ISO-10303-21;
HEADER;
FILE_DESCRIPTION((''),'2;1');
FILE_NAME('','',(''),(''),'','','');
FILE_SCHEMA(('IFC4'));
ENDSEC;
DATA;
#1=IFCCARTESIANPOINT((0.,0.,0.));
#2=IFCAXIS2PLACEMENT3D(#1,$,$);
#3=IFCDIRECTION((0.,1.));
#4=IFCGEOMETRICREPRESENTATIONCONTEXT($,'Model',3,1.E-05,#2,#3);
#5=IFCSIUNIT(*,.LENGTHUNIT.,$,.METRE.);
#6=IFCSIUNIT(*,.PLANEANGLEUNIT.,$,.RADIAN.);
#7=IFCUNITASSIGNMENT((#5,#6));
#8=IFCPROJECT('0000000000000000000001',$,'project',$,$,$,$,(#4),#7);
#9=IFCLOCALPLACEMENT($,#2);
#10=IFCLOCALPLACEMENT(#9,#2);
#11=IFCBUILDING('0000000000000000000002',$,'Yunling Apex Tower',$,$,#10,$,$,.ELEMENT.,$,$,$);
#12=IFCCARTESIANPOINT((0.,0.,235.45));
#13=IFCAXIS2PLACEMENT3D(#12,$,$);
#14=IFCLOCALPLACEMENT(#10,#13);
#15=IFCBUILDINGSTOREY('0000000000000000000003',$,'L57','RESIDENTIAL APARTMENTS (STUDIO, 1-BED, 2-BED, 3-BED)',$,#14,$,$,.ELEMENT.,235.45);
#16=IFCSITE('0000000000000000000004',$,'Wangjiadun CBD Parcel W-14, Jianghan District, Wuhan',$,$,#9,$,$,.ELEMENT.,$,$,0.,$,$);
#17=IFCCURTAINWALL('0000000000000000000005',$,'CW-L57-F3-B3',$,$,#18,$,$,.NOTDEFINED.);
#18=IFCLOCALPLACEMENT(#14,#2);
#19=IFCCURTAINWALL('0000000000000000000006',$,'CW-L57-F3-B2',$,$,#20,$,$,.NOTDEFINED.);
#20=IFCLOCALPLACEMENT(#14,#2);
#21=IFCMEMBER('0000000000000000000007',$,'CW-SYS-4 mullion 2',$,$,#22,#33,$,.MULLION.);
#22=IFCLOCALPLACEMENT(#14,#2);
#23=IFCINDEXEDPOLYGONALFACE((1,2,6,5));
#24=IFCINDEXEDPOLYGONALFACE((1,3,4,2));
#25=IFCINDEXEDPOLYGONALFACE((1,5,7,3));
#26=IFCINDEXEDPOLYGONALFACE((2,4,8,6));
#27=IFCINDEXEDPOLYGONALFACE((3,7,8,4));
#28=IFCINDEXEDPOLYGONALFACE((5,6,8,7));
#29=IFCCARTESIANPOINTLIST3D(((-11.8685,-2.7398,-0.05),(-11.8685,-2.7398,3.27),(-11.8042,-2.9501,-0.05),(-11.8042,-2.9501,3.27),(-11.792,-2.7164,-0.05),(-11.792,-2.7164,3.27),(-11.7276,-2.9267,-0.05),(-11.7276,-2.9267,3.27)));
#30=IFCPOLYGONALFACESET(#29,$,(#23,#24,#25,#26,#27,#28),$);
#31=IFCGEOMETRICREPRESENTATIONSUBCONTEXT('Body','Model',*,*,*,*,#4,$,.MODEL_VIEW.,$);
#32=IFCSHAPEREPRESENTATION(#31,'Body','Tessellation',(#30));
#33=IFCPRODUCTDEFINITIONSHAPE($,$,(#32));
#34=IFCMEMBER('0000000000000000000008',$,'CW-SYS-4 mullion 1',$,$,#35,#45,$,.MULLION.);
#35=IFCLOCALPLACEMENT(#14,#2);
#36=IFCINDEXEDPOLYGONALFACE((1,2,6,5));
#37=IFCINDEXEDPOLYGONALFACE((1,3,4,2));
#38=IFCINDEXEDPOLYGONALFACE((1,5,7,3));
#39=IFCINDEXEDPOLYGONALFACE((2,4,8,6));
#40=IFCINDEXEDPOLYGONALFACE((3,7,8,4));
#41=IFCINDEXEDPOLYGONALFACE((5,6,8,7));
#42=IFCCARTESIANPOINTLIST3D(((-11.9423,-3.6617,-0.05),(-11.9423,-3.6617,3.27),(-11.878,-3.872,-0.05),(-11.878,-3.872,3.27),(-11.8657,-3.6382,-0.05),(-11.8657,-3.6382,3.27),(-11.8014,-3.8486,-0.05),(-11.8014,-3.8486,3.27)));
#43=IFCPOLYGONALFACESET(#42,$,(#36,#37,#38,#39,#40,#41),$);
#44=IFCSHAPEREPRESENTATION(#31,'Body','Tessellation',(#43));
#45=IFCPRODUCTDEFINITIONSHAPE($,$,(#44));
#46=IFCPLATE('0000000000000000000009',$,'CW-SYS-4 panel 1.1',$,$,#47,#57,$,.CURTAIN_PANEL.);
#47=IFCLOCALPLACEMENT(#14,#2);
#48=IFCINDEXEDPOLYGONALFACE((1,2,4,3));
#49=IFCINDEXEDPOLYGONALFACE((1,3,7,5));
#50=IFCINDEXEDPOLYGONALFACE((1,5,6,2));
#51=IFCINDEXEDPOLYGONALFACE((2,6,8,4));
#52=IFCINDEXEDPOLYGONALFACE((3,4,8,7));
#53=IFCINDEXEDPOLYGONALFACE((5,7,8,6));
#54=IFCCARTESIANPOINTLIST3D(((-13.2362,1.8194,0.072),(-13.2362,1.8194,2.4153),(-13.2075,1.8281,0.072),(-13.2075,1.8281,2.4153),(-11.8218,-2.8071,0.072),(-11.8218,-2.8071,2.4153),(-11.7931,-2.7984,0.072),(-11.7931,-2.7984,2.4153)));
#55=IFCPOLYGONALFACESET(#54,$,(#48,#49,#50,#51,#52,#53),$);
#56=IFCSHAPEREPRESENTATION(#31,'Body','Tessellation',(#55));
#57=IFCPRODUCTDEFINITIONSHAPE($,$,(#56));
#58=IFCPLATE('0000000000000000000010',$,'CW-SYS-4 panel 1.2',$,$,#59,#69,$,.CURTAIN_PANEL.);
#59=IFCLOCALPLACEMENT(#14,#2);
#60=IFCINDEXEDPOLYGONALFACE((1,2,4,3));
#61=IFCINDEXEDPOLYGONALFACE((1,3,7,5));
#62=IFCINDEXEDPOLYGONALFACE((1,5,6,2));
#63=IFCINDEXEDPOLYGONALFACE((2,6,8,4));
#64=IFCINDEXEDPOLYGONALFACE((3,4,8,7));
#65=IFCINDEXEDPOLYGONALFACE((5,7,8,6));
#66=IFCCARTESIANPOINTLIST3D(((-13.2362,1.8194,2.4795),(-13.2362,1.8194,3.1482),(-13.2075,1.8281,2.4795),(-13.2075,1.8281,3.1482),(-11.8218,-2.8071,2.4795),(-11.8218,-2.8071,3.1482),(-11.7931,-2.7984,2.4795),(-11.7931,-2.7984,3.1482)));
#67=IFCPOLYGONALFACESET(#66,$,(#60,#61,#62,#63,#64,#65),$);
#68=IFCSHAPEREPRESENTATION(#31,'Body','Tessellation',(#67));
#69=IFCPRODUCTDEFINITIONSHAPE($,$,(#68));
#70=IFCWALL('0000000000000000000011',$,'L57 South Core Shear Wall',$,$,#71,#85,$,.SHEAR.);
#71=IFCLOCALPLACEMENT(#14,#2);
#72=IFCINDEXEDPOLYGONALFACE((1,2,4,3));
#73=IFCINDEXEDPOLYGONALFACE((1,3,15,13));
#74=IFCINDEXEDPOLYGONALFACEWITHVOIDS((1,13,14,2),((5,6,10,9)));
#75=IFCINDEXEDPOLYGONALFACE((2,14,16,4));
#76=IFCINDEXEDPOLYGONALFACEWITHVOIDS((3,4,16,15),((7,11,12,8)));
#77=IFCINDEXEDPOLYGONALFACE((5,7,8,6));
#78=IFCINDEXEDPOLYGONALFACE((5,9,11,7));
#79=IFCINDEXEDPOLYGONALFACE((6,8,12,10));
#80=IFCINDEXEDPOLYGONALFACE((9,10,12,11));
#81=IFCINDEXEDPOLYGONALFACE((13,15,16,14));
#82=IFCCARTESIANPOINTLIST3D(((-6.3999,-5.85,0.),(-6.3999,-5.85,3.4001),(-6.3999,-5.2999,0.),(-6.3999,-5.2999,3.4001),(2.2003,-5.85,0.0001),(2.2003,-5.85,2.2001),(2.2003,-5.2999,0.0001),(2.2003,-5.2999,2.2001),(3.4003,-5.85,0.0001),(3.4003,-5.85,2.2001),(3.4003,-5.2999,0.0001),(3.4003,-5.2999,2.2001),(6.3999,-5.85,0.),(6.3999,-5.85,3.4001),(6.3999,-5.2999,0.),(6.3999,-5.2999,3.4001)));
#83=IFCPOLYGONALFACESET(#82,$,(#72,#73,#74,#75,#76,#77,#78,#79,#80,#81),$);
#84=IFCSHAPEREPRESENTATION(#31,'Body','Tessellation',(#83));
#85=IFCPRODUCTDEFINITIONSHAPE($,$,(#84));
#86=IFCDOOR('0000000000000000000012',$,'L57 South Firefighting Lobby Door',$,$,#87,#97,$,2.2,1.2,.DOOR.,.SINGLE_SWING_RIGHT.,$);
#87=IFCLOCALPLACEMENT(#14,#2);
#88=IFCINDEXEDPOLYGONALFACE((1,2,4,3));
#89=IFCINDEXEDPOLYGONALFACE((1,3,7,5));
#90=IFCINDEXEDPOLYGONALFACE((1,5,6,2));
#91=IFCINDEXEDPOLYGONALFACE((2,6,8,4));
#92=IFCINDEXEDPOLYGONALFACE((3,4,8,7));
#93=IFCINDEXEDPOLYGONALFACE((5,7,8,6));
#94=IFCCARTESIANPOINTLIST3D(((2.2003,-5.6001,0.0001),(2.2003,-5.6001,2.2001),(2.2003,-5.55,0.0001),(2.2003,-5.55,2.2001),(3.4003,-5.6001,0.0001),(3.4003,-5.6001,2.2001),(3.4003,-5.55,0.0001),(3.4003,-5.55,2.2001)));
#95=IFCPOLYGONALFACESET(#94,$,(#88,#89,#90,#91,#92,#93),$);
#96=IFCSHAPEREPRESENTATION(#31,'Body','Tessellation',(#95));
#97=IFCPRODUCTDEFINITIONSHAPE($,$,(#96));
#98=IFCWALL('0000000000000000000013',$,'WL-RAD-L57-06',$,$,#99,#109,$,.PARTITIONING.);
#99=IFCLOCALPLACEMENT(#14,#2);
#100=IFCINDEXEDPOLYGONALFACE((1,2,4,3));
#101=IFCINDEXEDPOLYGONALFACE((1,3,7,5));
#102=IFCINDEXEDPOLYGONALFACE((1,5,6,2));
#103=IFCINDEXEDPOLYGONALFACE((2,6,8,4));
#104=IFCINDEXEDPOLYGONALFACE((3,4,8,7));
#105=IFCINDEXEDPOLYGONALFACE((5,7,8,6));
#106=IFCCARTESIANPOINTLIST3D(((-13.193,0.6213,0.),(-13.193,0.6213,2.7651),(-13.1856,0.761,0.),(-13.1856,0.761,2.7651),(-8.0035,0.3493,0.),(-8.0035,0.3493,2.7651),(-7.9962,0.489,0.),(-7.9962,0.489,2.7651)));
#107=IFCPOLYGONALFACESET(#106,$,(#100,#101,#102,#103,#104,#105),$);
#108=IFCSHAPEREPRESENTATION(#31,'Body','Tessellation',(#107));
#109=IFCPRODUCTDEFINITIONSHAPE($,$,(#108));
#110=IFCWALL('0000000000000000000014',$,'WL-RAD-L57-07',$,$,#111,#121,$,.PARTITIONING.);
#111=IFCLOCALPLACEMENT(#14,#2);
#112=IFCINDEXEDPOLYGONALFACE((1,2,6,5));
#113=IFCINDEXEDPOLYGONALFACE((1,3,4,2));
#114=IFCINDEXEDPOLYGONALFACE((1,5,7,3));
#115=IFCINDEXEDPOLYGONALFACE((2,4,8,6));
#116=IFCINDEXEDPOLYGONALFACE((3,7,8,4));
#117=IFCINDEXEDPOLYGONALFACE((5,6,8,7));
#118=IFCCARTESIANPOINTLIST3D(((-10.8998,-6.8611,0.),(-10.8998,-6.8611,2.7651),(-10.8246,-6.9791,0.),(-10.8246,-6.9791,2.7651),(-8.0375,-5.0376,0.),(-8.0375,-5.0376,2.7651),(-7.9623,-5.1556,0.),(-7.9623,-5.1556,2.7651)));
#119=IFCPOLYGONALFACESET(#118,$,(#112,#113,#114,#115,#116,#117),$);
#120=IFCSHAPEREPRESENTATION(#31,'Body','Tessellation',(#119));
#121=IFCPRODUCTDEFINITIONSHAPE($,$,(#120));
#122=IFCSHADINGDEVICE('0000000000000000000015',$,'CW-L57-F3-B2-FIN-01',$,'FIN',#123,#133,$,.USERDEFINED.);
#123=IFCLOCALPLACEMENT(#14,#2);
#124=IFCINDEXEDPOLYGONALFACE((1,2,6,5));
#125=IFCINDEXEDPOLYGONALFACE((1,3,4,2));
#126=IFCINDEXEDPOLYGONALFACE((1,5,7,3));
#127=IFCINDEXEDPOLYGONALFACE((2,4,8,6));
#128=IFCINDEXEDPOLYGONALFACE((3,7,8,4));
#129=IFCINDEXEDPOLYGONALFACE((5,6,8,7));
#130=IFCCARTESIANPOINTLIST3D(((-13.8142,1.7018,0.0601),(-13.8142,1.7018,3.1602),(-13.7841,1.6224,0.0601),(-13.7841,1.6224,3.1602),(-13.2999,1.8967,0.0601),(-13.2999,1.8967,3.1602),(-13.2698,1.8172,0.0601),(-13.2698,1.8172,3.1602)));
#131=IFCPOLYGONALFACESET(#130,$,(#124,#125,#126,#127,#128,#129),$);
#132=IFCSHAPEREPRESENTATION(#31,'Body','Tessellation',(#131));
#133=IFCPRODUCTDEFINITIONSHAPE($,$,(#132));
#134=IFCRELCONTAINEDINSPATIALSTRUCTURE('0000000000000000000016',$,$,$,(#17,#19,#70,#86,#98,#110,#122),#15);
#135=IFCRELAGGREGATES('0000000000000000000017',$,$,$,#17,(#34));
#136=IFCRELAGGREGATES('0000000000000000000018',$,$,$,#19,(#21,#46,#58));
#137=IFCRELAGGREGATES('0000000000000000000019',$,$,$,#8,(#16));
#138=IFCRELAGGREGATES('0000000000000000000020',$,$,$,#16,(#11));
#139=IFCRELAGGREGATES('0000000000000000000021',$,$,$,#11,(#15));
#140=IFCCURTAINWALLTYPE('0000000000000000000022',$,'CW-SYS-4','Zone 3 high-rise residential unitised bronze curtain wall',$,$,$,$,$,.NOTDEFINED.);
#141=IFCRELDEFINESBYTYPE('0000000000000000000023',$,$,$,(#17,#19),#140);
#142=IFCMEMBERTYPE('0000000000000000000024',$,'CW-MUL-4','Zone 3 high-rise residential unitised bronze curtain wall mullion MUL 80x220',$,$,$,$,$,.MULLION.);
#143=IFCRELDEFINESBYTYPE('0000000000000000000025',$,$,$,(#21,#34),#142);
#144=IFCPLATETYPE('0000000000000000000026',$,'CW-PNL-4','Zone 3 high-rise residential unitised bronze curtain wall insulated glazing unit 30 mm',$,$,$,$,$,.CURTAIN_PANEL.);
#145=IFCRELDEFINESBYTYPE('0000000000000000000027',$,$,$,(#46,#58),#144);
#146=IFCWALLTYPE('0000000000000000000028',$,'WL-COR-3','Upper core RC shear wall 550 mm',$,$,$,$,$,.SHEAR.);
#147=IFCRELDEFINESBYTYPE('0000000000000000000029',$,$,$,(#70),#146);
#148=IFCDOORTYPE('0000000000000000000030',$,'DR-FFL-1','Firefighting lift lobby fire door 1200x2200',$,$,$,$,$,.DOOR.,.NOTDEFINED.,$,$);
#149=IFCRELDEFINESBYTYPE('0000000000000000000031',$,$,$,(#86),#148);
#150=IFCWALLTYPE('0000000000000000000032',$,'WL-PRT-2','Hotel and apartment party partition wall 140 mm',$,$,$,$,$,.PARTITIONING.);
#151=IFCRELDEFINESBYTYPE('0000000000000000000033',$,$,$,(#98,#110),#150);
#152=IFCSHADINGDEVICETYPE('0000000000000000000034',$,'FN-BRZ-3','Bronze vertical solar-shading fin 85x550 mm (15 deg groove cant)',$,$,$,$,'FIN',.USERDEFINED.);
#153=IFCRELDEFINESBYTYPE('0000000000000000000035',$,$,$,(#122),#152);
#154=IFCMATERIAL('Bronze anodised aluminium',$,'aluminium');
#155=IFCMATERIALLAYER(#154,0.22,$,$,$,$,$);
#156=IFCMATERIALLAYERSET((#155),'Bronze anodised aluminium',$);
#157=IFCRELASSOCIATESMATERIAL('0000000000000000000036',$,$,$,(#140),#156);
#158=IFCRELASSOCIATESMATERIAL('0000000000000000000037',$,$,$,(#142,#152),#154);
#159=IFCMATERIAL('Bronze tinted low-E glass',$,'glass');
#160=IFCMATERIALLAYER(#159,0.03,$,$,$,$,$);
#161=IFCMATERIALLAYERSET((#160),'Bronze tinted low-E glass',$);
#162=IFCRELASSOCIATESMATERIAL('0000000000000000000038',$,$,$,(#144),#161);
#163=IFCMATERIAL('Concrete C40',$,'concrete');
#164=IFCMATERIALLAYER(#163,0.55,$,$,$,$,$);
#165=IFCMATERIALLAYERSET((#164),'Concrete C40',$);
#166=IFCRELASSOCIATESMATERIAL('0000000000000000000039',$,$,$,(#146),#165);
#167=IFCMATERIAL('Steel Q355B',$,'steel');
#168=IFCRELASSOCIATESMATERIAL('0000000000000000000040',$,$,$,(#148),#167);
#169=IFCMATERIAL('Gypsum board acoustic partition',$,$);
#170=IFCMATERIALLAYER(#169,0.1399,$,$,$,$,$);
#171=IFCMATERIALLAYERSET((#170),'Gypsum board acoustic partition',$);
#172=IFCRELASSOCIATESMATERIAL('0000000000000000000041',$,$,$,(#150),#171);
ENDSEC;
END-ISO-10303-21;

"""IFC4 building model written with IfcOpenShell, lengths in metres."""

from ifc_helpers import new_model, si_unit, direction, frame, frame_2d, origin, origin_2d, place, context, subcontext, project, spatial, rectangle, extrude, source, transform, mapped, material, layer, layer_set, material_profile, profile_set, type_object, element, fill, aggregate, save


model = new_model("IFC4")

# Units and contexts
model_context = context("Model", 3, precision=1e-05, world=origin(), true_north=direction((0.0, 1.0)))
body_context = subcontext(model_context, "Body", "Model", "MODEL_VIEW")
ifc_project = project(units=[si_unit("LENGTHUNIT", "METRE"), si_unit("PLANEANGLEUNIT", "RADIAN")], contexts=[model_context])

# Site, building, storey
site_placement = place(None, origin())
site = spatial("IfcSite", under=ifc_project, at=site_placement, Name="Wangjiadun CBD Parcel W-14, Jianghan District, Wuhan", CompositionType="ELEMENT", RefElevation=0.0)
building_placement = place(site_placement, origin())
building = spatial("IfcBuilding", under=site, at=building_placement, Name="Yunling Apex Tower", CompositionType="ELEMENT")
storey_placement = place(building_placement, frame((0.0, 0.0, 235.45)))
storey = spatial("IfcBuildingStorey", under=building, at=storey_placement, Name="L57", Description="RESIDENTIAL APARTMENTS (STUDIO, 1-BED, 2-BED, 3-BED)", CompositionType="ELEMENT", Elevation=235.45)

# Shared definitions
ifc_material_1 = material(Name="Steel Q355B", Category="steel")

# Curtain wall
ifc_material_2 = material(Name="Bronze anodised aluminium", Category="aluminium")
ifc_layer_1 = layer(ifc_material_2, 0.22)
ifc_layer_set_1 = layer_set([ifc_layer_1], Name="Bronze anodised aluminium")
curtain_wall_type = type_object("IfcCurtainWallType", Name="CW-SYS-4", Description="Zone 3 high-rise residential unitised bronze curtain wall", PredefinedType="NOTDEFINED", material=ifc_layer_set_1)
curtain_wall_1_placement = place(storey_placement, origin())
curtain_wall_1 = element("IfcCurtainWall", 1, at=curtain_wall_1_placement, inside=storey, type_object=curtain_wall_type, Name="CW-L57-F3-B3", PredefinedType="NOTDEFINED")

# Curtain wall, member
curtain_wall_2_placement = place(storey_placement, origin())
curtain_wall_2 = element("IfcCurtainWall", 2, at=curtain_wall_2_placement, inside=storey, type_object=curtain_wall_type, Name="CW-L57-F3-B2", PredefinedType="NOTDEFINED")
ifc_material_profile_1 = material_profile(ifc_material_2, rectangle(XDim=0.0801, YDim=0.22, at=origin_2d()))
ifc_profile_set_1 = profile_set([ifc_material_profile_1], Name="Bronze anodised aluminium")
member_type_1 = type_object("IfcMemberType", Name="CW-MUL-4", Description="Zone 3 high-rise residential unitised bronze curtain wall mullion MUL 80x220", PredefinedType="MULLION", material=ifc_profile_set_1)
shared_shape_1 = source(origin(), body_context, "Body", "SweptSolid", [
    extrude(rectangle(XDim=0.0801, YDim=0.22, at=origin_2d()), origin(), (0.0, 0.0, 1.0), 3.3201),
])
member_1_placement = place(storey_placement, frame((-11.7981, -2.8333, -0.05), z_axis=(0.0, 0.0, 1.0), x_axis=(0.956304, 0.292373, 0.0)))
member_1 = element("IfcMember", 3, at=member_1_placement, type_object=member_type_1, Name="CW-SYS-4 mullion 2", PredefinedType="MULLION", context=body_context, shape_type="MappedRepresentation", body=[
    mapped(shared_shape_1, transform((0.0, 0.0, 0.0), scale=1.0)),
])

# Member
member_2_placement = place(storey_placement, frame((-11.8718, -3.7551, -0.05), z_axis=(0.0, 0.0, 1.0), x_axis=(0.956305, 0.292372, 0.0)))
member_2 = element("IfcMember", 4, at=member_2_placement, type_object=member_type_1, Name="CW-SYS-4 mullion 1", PredefinedType="MULLION", context=body_context, shape_type="MappedRepresentation", body=[
    mapped(shared_shape_1, transform((0.0, 0.0, 0.0), scale=1.0)),
])
aggregate(curtain_wall_1, [member_2])

# Plates
ifc_material_3 = material(Name="Bronze tinted low-E glass", Category="glass")
ifc_layer_2 = layer(ifc_material_3, 0.03)
ifc_layer_set_2 = layer_set([ifc_layer_2], Name="Bronze tinted low-E glass")
plate_type = type_object("IfcPlateType", Name="CW-PNL-4", Description="Zone 3 high-rise residential unitised bronze curtain wall insulated glazing unit 30 mm", PredefinedType="CURTAIN_PANEL", material=ifc_layer_set_2)
shared_shape_2 = source(origin(), body_context, "Body", "SweptSolid", [
    extrude(rectangle(XDim=4.8379, YDim=0.03, at=origin_2d()), origin(), (0.0, 0.0, 1.0), 2.3433),
])
plate_1_placement = place(storey_placement, frame((-12.5146, -0.4895, 0.072), z_axis=(0.0, 0.0, 1.0), x_axis=(0.292373, -0.956304, 0.0)))
plate_1 = element("IfcPlate", 5, at=plate_1_placement, type_object=plate_type, Name="CW-SYS-4 panel 1.1", PredefinedType="CURTAIN_PANEL", context=body_context, shape_type="MappedRepresentation", body=[
    mapped(shared_shape_2, transform((0.0, 0.0, 0.0), scale=1.0)),
])
shared_shape_3 = source(origin(), body_context, "Body", "SweptSolid", [
    extrude(rectangle(XDim=4.8379, YDim=0.03, at=origin_2d()), origin(), (0.0, 0.0, 1.0), 0.6687),
])
plate_2_placement = place(storey_placement, frame((-12.5146, -0.4895, 2.4795), z_axis=(0.0, 0.0, 1.0), x_axis=(0.292373, -0.956304, 0.0)))
plate_2 = element("IfcPlate", 6, at=plate_2_placement, type_object=plate_type, Name="CW-SYS-4 panel 1.2", PredefinedType="CURTAIN_PANEL", context=body_context, shape_type="MappedRepresentation", body=[
    mapped(shared_shape_3, transform((0.0, 0.0, 0.0), scale=1.0)),
])
aggregate(curtain_wall_2, [member_1, plate_1, plate_2])

# Wall, opening, door
ifc_material_4 = material(Name="Concrete C40", Category="concrete")
ifc_layer_3 = layer(ifc_material_4, 0.55)
ifc_layer_set_3 = layer_set([ifc_layer_3], Name="Concrete C40")
wall_type_1 = type_object("IfcWallType", Name="WL-COR-3", Description="Upper core RC shear wall 550 mm", PredefinedType="SHEAR", material=ifc_layer_set_3)
wall_1_placement = place(storey_placement, frame((-6.3999, -5.575, 0.0), z_axis=(0.0, 0.0, 1.0), x_axis=(1.0, 0.0, 0.0)))
wall_1 = element("IfcWall", 7, at=wall_1_placement, inside=storey, type_object=wall_type_1, Name="L57 South Core Shear Wall", PredefinedType="SHEAR", context=body_context, shape_type="SweptSolid", body=[
    extrude(rectangle(XDim=12.7998, YDim=0.55, at=frame_2d((6.3999, 0.0))), origin(), (0.0, 0.0, 1.0), 3.4001),
])
opening_placement = place(wall_1_placement, frame((8.6001, 0.0, 0.0)))
opening = element("IfcOpeningElement", 8, at=opening_placement, cuts=wall_1, PredefinedType="OPENING", context=body_context, shape_type="SweptSolid", body=[
    extrude(rectangle(XDim=1.2, YDim=2.2, at=frame_2d((0.6001, 1.1001))), frame((0.0, 0.2852, 0.0), z_axis=(0.0, -1.0, 0.0), x_axis=(1.0, 0.0, 0.0)), (0.0, 0.0, 1.0), 0.5701),
])
door_type = type_object("IfcDoorType", Name="DR-FFL-1", Description="Firefighting lift lobby fire door 1200x2200", OperationType="NOTDEFINED", PredefinedType="DOOR", material=ifc_material_1)
door_placement = place(opening_placement, origin())
door = element("IfcDoor", 9, at=door_placement, inside=storey, type_object=door_type, Name="L57 South Firefighting Lobby Door", OperationType="SINGLE_SWING_RIGHT", OverallHeight=2.2, OverallWidth=1.2, PredefinedType="DOOR", context=body_context, shape_type="SweptSolid", body=[
    extrude(rectangle(XDim=1.2, YDim=2.2, at=frame_2d((0.6001, 1.1001))), frame((0.0, 0.0249, 0.0), z_axis=(0.0, -1.0, 0.0), x_axis=(1.0, 0.0, 0.0)), (0.0, 0.0, 1.0), 0.05),
])
fill(opening, door)

# Walls
ifc_material_5 = material(Name="Gypsum board acoustic partition")
ifc_layer_4 = layer(ifc_material_5, 0.1399)
ifc_layer_set_4 = layer_set([ifc_layer_4], Name="Gypsum board acoustic partition")
wall_type_2 = type_object("IfcWallType", Name="WL-PRT-2", Description="Hotel and apartment party partition wall 140 mm", PredefinedType="PARTITIONING", material=ifc_layer_set_4)
wall_2_placement = place(storey_placement, frame((-8.0, 0.4192, 0.0), z_axis=(0.0, 0.0, 1.0), x_axis=(-0.998629, 0.052337, 0.0)))
element("IfcWall", 10, at=wall_2_placement, inside=storey, type_object=wall_type_2, Name="WL-RAD-L57-06", PredefinedType="PARTITIONING", context=body_context, shape_type="SweptSolid", body=[
    extrude(rectangle(XDim=5.1965, YDim=0.1399, at=frame_2d((2.5981, 0.0))), origin(), (0.0, 0.0, 1.0), 2.7651),
])
wall_3_placement = place(storey_placement, frame((-8.0, -5.0967, 0.0), z_axis=(0.0, 0.0, 1.0), x_axis=(-0.843392, -0.537299, 0.0)))
element("IfcWall", 11, at=wall_3_placement, inside=storey, type_object=wall_type_2, Name="WL-RAD-L57-07", PredefinedType="PARTITIONING", context=body_context, shape_type="SweptSolid", body=[
    extrude(rectangle(XDim=3.3938, YDim=0.1399, at=frame_2d((1.6968, 0.0))), origin(), (0.0, 0.0, 1.0), 2.7651),
])

# Shading device
ifc_material_profile_2 = material_profile(ifc_material_2, rectangle(XDim=0.085, YDim=0.55, at=origin_2d()))
ifc_profile_set_2 = profile_set([ifc_material_profile_2], Name="Bronze anodised aluminium")
shading_device_type = type_object("IfcShadingDeviceType", Name="FN-BRZ-3", Description="Bronze vertical solar-shading fin 85x550 mm (15 deg groove cant)", ElementType="FIN", PredefinedType="USERDEFINED", material=ifc_profile_set_2)
shared_shape_4 = source(origin(), body_context, "Body", "SweptSolid", [
    extrude(rectangle(XDim=0.085, YDim=0.55, at=origin_2d()), origin(), (0.0, 0.0, 1.0), 3.1001),
])
shading_device_placement = place(storey_placement, frame((-13.542, 1.7595, 0.0601), z_axis=(0.0, 0.0, 1.0), x_axis=(0.354291, -0.935135, 0.0)))
element("IfcShadingDevice", 12, at=shading_device_placement, inside=storey, type_object=shading_device_type, Name="CW-L57-F3-B2-FIN-01", ObjectType="FIN", PredefinedType="USERDEFINED", context=body_context, shape_type="MappedRepresentation", body=[
    mapped(shared_shape_4, transform((0.0, 0.0, 0.0), scale=1.0)),
])

save(model, "model.ifc")
